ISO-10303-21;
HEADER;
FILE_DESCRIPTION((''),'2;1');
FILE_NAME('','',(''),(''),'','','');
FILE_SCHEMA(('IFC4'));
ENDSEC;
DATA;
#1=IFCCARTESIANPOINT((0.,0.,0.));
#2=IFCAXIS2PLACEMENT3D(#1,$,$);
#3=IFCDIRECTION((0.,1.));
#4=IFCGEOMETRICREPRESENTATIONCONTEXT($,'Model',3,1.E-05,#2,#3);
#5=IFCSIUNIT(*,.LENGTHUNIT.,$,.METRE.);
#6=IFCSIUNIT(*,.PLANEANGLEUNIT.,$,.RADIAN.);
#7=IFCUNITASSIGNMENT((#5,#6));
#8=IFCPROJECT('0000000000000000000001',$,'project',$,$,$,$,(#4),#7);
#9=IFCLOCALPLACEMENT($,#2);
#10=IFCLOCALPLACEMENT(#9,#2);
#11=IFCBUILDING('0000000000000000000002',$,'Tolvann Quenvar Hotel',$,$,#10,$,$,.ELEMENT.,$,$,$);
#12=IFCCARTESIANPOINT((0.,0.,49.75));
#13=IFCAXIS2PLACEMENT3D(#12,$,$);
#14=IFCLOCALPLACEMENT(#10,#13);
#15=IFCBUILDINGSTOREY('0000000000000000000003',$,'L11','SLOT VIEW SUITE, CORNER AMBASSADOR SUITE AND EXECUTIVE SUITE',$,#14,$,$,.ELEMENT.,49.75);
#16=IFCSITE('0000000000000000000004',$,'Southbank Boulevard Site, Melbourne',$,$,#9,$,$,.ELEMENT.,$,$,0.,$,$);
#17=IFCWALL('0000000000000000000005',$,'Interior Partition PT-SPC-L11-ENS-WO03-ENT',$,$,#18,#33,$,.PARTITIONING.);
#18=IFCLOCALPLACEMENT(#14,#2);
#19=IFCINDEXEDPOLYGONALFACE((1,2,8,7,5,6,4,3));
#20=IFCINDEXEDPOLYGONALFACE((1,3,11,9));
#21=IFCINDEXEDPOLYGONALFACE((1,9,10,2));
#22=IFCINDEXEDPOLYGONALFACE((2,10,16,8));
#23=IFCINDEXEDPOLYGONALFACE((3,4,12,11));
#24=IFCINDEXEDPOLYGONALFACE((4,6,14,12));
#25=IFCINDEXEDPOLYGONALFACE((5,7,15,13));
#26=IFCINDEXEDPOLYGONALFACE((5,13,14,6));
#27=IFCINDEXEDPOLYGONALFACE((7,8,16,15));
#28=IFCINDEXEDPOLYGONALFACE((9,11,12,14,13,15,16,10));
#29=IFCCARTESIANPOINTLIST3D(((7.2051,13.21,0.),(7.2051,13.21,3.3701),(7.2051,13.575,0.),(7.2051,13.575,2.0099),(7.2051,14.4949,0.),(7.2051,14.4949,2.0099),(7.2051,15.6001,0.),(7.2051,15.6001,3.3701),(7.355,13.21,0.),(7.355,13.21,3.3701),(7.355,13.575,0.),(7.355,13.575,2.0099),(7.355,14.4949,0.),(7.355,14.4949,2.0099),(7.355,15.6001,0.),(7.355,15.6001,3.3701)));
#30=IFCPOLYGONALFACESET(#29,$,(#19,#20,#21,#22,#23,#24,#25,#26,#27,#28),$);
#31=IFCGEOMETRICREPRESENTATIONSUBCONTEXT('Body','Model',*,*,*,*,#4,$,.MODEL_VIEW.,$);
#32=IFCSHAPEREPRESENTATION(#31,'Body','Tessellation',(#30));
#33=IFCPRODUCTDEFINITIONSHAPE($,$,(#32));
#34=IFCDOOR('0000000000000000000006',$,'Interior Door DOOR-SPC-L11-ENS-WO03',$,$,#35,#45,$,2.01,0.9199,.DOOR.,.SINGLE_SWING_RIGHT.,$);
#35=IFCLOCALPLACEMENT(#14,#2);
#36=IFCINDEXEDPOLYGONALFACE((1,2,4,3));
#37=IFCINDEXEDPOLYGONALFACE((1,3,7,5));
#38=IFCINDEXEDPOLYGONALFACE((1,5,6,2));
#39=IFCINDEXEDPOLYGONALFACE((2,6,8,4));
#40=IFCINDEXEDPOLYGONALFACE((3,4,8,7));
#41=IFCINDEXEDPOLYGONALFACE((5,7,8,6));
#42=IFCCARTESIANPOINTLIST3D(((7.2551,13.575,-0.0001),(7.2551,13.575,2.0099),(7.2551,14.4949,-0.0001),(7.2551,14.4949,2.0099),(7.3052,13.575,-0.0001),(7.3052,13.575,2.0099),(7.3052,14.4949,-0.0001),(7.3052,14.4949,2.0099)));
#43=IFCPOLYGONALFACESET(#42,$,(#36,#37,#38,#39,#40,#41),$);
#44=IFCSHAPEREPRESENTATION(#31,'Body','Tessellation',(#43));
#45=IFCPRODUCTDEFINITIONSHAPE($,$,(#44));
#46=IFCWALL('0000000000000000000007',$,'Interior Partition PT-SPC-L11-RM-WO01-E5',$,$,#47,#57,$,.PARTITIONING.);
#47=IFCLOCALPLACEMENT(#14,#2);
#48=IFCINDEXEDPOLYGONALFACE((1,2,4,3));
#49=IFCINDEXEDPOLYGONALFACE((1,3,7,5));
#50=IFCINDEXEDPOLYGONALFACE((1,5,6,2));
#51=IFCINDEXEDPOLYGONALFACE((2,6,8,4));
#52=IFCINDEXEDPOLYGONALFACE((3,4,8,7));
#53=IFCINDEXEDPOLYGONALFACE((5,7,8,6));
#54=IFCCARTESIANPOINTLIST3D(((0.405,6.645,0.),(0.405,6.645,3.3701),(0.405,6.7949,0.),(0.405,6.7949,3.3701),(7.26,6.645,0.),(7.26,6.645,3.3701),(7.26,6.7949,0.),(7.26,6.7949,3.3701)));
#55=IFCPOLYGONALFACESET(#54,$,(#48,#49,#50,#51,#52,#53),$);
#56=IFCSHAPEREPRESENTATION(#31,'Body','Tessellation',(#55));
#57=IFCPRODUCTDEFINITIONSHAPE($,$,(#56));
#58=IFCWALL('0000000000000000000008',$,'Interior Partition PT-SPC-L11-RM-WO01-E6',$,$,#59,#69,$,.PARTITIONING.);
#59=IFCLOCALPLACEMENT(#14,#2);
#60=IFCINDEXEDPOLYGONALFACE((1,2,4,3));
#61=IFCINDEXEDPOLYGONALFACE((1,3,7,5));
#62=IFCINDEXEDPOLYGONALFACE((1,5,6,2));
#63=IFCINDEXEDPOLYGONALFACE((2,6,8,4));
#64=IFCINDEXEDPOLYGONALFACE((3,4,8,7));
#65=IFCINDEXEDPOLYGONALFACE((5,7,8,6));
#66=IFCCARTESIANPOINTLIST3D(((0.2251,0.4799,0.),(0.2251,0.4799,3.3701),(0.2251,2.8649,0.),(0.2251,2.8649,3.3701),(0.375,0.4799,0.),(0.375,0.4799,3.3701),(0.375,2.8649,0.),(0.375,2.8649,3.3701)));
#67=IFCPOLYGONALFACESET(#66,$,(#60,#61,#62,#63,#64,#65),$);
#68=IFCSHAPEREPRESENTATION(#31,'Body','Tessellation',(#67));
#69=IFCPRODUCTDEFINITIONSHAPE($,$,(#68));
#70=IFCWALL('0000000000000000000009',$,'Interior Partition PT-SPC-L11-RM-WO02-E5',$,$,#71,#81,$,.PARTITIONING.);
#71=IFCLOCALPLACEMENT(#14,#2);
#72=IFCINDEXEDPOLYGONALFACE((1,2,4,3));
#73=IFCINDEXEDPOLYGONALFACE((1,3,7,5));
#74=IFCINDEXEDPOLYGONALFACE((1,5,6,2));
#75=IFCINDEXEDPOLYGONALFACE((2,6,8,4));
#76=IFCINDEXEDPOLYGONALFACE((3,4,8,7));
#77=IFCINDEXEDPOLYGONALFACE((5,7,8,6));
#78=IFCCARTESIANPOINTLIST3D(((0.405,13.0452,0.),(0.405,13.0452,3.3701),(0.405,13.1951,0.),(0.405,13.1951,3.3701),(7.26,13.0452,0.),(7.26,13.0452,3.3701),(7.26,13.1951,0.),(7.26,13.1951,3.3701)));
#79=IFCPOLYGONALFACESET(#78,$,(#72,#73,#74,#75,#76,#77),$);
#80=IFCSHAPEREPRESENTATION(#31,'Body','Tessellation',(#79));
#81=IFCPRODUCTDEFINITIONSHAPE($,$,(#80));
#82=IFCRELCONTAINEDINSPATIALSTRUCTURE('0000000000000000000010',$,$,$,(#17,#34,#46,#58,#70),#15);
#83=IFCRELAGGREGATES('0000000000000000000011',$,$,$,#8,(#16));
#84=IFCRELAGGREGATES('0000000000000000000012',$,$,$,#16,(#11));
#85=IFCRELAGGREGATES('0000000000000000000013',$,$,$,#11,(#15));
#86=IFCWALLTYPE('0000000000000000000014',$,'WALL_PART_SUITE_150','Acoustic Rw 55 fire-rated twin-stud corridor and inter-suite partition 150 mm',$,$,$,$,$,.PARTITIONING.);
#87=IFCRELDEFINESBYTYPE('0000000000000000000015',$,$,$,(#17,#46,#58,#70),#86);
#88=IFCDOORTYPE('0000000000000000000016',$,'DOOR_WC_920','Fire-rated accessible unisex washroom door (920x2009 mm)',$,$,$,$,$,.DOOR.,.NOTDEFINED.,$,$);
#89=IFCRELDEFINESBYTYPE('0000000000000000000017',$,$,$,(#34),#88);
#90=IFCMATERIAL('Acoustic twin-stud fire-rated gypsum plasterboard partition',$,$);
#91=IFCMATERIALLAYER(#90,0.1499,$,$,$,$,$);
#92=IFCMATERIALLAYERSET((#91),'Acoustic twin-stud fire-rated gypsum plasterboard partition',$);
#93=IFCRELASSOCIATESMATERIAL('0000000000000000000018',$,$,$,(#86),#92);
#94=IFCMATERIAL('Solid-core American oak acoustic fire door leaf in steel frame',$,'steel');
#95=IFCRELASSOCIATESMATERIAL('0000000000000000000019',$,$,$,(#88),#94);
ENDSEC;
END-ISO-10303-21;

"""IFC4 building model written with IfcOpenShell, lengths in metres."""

from ifc_helpers import new_model, si_unit, direction, frame, frame_2d, origin, place, context, subcontext, project, spatial, rectangle, extrude, source, transform, mapped, material, layer, layer_set, type_object, type_shapes, element, fill, save


model = new_model("IFC4")

# Units and contexts
model_context = context("Model", 3, precision=1e-05, world=origin(), true_north=direction((0.0, 1.0)))
body_context = subcontext(model_context, "Body", "Model", "MODEL_VIEW")
ifc_project = project(units=[si_unit("LENGTHUNIT", "METRE"), si_unit("PLANEANGLEUNIT", "RADIAN")], contexts=[model_context])

# Site, building, storey
site_placement = place(None, origin())
site = spatial("IfcSite", under=ifc_project, at=site_placement, Name="Southbank Boulevard Site, Melbourne", CompositionType="ELEMENT", RefElevation=0.0)
building_placement = place(site_placement, origin())
building = spatial("IfcBuilding", under=site, at=building_placement, Name="Tolvann Quenvar Hotel", CompositionType="ELEMENT")
storey_placement = place(building_placement, frame((0.0, 0.0, 49.75)))
storey = spatial("IfcBuildingStorey", under=building, at=storey_placement, Name="L11", Description="SLOT VIEW SUITE, CORNER AMBASSADOR SUITE AND EXECUTIVE SUITE", CompositionType="ELEMENT", Elevation=49.75)

# Shared definitions
ifc_material_1 = material(Name="Acoustic twin-stud fire-rated gypsum plasterboard partition")
ifc_layer_1 = layer(ifc_material_1, 0.1499)
ifc_layer_set_1 = layer_set([ifc_layer_1], Name="Acoustic twin-stud fire-rated gypsum plasterboard partition")
wall_type_1 = type_object("IfcWallType", Name="WALL_PART_SUITE_150", Description="Acoustic Rw 55 fire-rated twin-stud corridor and inter-suite partition 150 mm", PredefinedType="PARTITIONING", material=ifc_layer_set_1)
ifc_material_2 = material(Name="Solid-core American oak acoustic fire door leaf in steel frame", Category="steel")
door_type = type_object("IfcDoorType", Name="DOOR_WC_920", Description="Fire-rated accessible unisex washroom door (920x2009 mm)", OperationType="NOTDEFINED", PredefinedType="DOOR", material=ifc_material_2)
shared_shape_1 = source(origin(), body_context, "Body", "SweptSolid", [
    extrude(rectangle(XDim=0.9199, YDim=2.01, at=frame_2d((0.46, 1.0049))), frame((0.0, 0.0249, 0.0), z_axis=(0.0, -1.0, 0.0), x_axis=(1.0, 0.0, 0.0)), (0.0, 0.0, 1.0), 0.05),
])
type_shapes(door_type, [shared_shape_1])

# Wall, opening, door
wall_1_placement = place(storey_placement, frame((7.28, 13.21, 0.0), z_axis=(0.0, 0.0, 1.0), x_axis=(0.0, 1.0, 0.0)))
wall_1 = element("IfcWall", 1, at=wall_1_placement, inside=storey, type_object=wall_type_1, Name="Interior Partition PT-SPC-L11-ENS-WO03-ENT", PredefinedType="PARTITIONING", context=body_context, shape_type="SweptSolid", body=[
    extrude(rectangle(XDim=2.3901, YDim=0.1499, at=frame_2d((1.1951, 0.0))), origin(), (0.0, 0.0, 1.0), 3.3701),
])
opening_1_placement = place(wall_1_placement, frame((0.365, 0.0, 0.0)))
opening_1 = element("IfcOpeningElement", 2, at=opening_1_placement, cuts=wall_1, PredefinedType="OPENING", context=body_context, shape_type="SweptSolid", body=[
    extrude(rectangle(XDim=0.9199, YDim=2.01, at=frame_2d((0.46, 1.0049))), frame((0.0, 0.085, 0.0), z_axis=(0.0, -1.0, 0.0), x_axis=(1.0, 0.0, 0.0)), (0.0, 0.0, 1.0), 0.1699),
])
door_1_placement = place(opening_1_placement, origin())
door_1 = element("IfcDoor", 3, at=door_1_placement, inside=storey, type_object=door_type, Name="Interior Door DOOR-SPC-L11-ENS-WO03", OperationType="SINGLE_SWING_RIGHT", OverallHeight=2.01, OverallWidth=0.9199, PredefinedType="DOOR", context=body_context, shape_type="MappedRepresentation", body=[
    mapped(shared_shape_1, transform((0.0, 0.0, 0.0), x_axis=(1.0, 0.0, 0.0), y_axis=(0.0, 1.0, 0.0), z_axis=(0.0, 0.0, 1.0), scale=1.0)),
])
fill(opening_1, door_1)

# Walls
wall_2_placement = place(storey_placement, frame((0.405, 6.72, 0.0), z_axis=(0.0, 0.0, 1.0), x_axis=(1.0, 0.0, 0.0)))
element("IfcWall", 4, at=wall_2_placement, inside=storey, type_object=wall_type_1, Name="Interior Partition PT-SPC-L11-RM-WO01-E5", PredefinedType="PARTITIONING", context=body_context, shape_type="SweptSolid", body=[
    extrude(rectangle(XDim=6.855, YDim=0.1499, at=frame_2d((3.4275, 0.0))), origin(), (0.0, 0.0, 1.0), 3.3701),
])
wall_3_placement = place(storey_placement, frame((0.3, 0.48, 0.0), z_axis=(0.0, 0.0, 1.0), x_axis=(0.0, 1.0, 0.0)))
element("IfcWall", 5, at=wall_3_placement, inside=storey, type_object=wall_type_1, Name="Interior Partition PT-SPC-L11-RM-WO01-E6", PredefinedType="PARTITIONING", context=body_context, shape_type="SweptSolid", body=[
    extrude(rectangle(XDim=2.385, YDim=0.1499, at=frame_2d((1.1924, 0.0))), origin(), (0.0, 0.0, 1.0), 3.3701),
])
wall_4_placement = place(storey_placement, frame((0.405, 13.1201, 0.0), z_axis=(0.0, 0.0, 1.0), x_axis=(1.0, 0.0, 0.0)))
element("IfcWall", 6, at=wall_4_placement, inside=storey, type_object=wall_type_1, Name="Interior Partition PT-SPC-L11-RM-WO02-E5", PredefinedType="PARTITIONING", context=body_context, shape_type="SweptSolid", body=[
    extrude(rectangle(XDim=6.855, YDim=0.1499, at=frame_2d((3.4275, 0.0))), origin(), (0.0, 0.0, 1.0), 3.3701),
])

save(model, "model.ifc")
